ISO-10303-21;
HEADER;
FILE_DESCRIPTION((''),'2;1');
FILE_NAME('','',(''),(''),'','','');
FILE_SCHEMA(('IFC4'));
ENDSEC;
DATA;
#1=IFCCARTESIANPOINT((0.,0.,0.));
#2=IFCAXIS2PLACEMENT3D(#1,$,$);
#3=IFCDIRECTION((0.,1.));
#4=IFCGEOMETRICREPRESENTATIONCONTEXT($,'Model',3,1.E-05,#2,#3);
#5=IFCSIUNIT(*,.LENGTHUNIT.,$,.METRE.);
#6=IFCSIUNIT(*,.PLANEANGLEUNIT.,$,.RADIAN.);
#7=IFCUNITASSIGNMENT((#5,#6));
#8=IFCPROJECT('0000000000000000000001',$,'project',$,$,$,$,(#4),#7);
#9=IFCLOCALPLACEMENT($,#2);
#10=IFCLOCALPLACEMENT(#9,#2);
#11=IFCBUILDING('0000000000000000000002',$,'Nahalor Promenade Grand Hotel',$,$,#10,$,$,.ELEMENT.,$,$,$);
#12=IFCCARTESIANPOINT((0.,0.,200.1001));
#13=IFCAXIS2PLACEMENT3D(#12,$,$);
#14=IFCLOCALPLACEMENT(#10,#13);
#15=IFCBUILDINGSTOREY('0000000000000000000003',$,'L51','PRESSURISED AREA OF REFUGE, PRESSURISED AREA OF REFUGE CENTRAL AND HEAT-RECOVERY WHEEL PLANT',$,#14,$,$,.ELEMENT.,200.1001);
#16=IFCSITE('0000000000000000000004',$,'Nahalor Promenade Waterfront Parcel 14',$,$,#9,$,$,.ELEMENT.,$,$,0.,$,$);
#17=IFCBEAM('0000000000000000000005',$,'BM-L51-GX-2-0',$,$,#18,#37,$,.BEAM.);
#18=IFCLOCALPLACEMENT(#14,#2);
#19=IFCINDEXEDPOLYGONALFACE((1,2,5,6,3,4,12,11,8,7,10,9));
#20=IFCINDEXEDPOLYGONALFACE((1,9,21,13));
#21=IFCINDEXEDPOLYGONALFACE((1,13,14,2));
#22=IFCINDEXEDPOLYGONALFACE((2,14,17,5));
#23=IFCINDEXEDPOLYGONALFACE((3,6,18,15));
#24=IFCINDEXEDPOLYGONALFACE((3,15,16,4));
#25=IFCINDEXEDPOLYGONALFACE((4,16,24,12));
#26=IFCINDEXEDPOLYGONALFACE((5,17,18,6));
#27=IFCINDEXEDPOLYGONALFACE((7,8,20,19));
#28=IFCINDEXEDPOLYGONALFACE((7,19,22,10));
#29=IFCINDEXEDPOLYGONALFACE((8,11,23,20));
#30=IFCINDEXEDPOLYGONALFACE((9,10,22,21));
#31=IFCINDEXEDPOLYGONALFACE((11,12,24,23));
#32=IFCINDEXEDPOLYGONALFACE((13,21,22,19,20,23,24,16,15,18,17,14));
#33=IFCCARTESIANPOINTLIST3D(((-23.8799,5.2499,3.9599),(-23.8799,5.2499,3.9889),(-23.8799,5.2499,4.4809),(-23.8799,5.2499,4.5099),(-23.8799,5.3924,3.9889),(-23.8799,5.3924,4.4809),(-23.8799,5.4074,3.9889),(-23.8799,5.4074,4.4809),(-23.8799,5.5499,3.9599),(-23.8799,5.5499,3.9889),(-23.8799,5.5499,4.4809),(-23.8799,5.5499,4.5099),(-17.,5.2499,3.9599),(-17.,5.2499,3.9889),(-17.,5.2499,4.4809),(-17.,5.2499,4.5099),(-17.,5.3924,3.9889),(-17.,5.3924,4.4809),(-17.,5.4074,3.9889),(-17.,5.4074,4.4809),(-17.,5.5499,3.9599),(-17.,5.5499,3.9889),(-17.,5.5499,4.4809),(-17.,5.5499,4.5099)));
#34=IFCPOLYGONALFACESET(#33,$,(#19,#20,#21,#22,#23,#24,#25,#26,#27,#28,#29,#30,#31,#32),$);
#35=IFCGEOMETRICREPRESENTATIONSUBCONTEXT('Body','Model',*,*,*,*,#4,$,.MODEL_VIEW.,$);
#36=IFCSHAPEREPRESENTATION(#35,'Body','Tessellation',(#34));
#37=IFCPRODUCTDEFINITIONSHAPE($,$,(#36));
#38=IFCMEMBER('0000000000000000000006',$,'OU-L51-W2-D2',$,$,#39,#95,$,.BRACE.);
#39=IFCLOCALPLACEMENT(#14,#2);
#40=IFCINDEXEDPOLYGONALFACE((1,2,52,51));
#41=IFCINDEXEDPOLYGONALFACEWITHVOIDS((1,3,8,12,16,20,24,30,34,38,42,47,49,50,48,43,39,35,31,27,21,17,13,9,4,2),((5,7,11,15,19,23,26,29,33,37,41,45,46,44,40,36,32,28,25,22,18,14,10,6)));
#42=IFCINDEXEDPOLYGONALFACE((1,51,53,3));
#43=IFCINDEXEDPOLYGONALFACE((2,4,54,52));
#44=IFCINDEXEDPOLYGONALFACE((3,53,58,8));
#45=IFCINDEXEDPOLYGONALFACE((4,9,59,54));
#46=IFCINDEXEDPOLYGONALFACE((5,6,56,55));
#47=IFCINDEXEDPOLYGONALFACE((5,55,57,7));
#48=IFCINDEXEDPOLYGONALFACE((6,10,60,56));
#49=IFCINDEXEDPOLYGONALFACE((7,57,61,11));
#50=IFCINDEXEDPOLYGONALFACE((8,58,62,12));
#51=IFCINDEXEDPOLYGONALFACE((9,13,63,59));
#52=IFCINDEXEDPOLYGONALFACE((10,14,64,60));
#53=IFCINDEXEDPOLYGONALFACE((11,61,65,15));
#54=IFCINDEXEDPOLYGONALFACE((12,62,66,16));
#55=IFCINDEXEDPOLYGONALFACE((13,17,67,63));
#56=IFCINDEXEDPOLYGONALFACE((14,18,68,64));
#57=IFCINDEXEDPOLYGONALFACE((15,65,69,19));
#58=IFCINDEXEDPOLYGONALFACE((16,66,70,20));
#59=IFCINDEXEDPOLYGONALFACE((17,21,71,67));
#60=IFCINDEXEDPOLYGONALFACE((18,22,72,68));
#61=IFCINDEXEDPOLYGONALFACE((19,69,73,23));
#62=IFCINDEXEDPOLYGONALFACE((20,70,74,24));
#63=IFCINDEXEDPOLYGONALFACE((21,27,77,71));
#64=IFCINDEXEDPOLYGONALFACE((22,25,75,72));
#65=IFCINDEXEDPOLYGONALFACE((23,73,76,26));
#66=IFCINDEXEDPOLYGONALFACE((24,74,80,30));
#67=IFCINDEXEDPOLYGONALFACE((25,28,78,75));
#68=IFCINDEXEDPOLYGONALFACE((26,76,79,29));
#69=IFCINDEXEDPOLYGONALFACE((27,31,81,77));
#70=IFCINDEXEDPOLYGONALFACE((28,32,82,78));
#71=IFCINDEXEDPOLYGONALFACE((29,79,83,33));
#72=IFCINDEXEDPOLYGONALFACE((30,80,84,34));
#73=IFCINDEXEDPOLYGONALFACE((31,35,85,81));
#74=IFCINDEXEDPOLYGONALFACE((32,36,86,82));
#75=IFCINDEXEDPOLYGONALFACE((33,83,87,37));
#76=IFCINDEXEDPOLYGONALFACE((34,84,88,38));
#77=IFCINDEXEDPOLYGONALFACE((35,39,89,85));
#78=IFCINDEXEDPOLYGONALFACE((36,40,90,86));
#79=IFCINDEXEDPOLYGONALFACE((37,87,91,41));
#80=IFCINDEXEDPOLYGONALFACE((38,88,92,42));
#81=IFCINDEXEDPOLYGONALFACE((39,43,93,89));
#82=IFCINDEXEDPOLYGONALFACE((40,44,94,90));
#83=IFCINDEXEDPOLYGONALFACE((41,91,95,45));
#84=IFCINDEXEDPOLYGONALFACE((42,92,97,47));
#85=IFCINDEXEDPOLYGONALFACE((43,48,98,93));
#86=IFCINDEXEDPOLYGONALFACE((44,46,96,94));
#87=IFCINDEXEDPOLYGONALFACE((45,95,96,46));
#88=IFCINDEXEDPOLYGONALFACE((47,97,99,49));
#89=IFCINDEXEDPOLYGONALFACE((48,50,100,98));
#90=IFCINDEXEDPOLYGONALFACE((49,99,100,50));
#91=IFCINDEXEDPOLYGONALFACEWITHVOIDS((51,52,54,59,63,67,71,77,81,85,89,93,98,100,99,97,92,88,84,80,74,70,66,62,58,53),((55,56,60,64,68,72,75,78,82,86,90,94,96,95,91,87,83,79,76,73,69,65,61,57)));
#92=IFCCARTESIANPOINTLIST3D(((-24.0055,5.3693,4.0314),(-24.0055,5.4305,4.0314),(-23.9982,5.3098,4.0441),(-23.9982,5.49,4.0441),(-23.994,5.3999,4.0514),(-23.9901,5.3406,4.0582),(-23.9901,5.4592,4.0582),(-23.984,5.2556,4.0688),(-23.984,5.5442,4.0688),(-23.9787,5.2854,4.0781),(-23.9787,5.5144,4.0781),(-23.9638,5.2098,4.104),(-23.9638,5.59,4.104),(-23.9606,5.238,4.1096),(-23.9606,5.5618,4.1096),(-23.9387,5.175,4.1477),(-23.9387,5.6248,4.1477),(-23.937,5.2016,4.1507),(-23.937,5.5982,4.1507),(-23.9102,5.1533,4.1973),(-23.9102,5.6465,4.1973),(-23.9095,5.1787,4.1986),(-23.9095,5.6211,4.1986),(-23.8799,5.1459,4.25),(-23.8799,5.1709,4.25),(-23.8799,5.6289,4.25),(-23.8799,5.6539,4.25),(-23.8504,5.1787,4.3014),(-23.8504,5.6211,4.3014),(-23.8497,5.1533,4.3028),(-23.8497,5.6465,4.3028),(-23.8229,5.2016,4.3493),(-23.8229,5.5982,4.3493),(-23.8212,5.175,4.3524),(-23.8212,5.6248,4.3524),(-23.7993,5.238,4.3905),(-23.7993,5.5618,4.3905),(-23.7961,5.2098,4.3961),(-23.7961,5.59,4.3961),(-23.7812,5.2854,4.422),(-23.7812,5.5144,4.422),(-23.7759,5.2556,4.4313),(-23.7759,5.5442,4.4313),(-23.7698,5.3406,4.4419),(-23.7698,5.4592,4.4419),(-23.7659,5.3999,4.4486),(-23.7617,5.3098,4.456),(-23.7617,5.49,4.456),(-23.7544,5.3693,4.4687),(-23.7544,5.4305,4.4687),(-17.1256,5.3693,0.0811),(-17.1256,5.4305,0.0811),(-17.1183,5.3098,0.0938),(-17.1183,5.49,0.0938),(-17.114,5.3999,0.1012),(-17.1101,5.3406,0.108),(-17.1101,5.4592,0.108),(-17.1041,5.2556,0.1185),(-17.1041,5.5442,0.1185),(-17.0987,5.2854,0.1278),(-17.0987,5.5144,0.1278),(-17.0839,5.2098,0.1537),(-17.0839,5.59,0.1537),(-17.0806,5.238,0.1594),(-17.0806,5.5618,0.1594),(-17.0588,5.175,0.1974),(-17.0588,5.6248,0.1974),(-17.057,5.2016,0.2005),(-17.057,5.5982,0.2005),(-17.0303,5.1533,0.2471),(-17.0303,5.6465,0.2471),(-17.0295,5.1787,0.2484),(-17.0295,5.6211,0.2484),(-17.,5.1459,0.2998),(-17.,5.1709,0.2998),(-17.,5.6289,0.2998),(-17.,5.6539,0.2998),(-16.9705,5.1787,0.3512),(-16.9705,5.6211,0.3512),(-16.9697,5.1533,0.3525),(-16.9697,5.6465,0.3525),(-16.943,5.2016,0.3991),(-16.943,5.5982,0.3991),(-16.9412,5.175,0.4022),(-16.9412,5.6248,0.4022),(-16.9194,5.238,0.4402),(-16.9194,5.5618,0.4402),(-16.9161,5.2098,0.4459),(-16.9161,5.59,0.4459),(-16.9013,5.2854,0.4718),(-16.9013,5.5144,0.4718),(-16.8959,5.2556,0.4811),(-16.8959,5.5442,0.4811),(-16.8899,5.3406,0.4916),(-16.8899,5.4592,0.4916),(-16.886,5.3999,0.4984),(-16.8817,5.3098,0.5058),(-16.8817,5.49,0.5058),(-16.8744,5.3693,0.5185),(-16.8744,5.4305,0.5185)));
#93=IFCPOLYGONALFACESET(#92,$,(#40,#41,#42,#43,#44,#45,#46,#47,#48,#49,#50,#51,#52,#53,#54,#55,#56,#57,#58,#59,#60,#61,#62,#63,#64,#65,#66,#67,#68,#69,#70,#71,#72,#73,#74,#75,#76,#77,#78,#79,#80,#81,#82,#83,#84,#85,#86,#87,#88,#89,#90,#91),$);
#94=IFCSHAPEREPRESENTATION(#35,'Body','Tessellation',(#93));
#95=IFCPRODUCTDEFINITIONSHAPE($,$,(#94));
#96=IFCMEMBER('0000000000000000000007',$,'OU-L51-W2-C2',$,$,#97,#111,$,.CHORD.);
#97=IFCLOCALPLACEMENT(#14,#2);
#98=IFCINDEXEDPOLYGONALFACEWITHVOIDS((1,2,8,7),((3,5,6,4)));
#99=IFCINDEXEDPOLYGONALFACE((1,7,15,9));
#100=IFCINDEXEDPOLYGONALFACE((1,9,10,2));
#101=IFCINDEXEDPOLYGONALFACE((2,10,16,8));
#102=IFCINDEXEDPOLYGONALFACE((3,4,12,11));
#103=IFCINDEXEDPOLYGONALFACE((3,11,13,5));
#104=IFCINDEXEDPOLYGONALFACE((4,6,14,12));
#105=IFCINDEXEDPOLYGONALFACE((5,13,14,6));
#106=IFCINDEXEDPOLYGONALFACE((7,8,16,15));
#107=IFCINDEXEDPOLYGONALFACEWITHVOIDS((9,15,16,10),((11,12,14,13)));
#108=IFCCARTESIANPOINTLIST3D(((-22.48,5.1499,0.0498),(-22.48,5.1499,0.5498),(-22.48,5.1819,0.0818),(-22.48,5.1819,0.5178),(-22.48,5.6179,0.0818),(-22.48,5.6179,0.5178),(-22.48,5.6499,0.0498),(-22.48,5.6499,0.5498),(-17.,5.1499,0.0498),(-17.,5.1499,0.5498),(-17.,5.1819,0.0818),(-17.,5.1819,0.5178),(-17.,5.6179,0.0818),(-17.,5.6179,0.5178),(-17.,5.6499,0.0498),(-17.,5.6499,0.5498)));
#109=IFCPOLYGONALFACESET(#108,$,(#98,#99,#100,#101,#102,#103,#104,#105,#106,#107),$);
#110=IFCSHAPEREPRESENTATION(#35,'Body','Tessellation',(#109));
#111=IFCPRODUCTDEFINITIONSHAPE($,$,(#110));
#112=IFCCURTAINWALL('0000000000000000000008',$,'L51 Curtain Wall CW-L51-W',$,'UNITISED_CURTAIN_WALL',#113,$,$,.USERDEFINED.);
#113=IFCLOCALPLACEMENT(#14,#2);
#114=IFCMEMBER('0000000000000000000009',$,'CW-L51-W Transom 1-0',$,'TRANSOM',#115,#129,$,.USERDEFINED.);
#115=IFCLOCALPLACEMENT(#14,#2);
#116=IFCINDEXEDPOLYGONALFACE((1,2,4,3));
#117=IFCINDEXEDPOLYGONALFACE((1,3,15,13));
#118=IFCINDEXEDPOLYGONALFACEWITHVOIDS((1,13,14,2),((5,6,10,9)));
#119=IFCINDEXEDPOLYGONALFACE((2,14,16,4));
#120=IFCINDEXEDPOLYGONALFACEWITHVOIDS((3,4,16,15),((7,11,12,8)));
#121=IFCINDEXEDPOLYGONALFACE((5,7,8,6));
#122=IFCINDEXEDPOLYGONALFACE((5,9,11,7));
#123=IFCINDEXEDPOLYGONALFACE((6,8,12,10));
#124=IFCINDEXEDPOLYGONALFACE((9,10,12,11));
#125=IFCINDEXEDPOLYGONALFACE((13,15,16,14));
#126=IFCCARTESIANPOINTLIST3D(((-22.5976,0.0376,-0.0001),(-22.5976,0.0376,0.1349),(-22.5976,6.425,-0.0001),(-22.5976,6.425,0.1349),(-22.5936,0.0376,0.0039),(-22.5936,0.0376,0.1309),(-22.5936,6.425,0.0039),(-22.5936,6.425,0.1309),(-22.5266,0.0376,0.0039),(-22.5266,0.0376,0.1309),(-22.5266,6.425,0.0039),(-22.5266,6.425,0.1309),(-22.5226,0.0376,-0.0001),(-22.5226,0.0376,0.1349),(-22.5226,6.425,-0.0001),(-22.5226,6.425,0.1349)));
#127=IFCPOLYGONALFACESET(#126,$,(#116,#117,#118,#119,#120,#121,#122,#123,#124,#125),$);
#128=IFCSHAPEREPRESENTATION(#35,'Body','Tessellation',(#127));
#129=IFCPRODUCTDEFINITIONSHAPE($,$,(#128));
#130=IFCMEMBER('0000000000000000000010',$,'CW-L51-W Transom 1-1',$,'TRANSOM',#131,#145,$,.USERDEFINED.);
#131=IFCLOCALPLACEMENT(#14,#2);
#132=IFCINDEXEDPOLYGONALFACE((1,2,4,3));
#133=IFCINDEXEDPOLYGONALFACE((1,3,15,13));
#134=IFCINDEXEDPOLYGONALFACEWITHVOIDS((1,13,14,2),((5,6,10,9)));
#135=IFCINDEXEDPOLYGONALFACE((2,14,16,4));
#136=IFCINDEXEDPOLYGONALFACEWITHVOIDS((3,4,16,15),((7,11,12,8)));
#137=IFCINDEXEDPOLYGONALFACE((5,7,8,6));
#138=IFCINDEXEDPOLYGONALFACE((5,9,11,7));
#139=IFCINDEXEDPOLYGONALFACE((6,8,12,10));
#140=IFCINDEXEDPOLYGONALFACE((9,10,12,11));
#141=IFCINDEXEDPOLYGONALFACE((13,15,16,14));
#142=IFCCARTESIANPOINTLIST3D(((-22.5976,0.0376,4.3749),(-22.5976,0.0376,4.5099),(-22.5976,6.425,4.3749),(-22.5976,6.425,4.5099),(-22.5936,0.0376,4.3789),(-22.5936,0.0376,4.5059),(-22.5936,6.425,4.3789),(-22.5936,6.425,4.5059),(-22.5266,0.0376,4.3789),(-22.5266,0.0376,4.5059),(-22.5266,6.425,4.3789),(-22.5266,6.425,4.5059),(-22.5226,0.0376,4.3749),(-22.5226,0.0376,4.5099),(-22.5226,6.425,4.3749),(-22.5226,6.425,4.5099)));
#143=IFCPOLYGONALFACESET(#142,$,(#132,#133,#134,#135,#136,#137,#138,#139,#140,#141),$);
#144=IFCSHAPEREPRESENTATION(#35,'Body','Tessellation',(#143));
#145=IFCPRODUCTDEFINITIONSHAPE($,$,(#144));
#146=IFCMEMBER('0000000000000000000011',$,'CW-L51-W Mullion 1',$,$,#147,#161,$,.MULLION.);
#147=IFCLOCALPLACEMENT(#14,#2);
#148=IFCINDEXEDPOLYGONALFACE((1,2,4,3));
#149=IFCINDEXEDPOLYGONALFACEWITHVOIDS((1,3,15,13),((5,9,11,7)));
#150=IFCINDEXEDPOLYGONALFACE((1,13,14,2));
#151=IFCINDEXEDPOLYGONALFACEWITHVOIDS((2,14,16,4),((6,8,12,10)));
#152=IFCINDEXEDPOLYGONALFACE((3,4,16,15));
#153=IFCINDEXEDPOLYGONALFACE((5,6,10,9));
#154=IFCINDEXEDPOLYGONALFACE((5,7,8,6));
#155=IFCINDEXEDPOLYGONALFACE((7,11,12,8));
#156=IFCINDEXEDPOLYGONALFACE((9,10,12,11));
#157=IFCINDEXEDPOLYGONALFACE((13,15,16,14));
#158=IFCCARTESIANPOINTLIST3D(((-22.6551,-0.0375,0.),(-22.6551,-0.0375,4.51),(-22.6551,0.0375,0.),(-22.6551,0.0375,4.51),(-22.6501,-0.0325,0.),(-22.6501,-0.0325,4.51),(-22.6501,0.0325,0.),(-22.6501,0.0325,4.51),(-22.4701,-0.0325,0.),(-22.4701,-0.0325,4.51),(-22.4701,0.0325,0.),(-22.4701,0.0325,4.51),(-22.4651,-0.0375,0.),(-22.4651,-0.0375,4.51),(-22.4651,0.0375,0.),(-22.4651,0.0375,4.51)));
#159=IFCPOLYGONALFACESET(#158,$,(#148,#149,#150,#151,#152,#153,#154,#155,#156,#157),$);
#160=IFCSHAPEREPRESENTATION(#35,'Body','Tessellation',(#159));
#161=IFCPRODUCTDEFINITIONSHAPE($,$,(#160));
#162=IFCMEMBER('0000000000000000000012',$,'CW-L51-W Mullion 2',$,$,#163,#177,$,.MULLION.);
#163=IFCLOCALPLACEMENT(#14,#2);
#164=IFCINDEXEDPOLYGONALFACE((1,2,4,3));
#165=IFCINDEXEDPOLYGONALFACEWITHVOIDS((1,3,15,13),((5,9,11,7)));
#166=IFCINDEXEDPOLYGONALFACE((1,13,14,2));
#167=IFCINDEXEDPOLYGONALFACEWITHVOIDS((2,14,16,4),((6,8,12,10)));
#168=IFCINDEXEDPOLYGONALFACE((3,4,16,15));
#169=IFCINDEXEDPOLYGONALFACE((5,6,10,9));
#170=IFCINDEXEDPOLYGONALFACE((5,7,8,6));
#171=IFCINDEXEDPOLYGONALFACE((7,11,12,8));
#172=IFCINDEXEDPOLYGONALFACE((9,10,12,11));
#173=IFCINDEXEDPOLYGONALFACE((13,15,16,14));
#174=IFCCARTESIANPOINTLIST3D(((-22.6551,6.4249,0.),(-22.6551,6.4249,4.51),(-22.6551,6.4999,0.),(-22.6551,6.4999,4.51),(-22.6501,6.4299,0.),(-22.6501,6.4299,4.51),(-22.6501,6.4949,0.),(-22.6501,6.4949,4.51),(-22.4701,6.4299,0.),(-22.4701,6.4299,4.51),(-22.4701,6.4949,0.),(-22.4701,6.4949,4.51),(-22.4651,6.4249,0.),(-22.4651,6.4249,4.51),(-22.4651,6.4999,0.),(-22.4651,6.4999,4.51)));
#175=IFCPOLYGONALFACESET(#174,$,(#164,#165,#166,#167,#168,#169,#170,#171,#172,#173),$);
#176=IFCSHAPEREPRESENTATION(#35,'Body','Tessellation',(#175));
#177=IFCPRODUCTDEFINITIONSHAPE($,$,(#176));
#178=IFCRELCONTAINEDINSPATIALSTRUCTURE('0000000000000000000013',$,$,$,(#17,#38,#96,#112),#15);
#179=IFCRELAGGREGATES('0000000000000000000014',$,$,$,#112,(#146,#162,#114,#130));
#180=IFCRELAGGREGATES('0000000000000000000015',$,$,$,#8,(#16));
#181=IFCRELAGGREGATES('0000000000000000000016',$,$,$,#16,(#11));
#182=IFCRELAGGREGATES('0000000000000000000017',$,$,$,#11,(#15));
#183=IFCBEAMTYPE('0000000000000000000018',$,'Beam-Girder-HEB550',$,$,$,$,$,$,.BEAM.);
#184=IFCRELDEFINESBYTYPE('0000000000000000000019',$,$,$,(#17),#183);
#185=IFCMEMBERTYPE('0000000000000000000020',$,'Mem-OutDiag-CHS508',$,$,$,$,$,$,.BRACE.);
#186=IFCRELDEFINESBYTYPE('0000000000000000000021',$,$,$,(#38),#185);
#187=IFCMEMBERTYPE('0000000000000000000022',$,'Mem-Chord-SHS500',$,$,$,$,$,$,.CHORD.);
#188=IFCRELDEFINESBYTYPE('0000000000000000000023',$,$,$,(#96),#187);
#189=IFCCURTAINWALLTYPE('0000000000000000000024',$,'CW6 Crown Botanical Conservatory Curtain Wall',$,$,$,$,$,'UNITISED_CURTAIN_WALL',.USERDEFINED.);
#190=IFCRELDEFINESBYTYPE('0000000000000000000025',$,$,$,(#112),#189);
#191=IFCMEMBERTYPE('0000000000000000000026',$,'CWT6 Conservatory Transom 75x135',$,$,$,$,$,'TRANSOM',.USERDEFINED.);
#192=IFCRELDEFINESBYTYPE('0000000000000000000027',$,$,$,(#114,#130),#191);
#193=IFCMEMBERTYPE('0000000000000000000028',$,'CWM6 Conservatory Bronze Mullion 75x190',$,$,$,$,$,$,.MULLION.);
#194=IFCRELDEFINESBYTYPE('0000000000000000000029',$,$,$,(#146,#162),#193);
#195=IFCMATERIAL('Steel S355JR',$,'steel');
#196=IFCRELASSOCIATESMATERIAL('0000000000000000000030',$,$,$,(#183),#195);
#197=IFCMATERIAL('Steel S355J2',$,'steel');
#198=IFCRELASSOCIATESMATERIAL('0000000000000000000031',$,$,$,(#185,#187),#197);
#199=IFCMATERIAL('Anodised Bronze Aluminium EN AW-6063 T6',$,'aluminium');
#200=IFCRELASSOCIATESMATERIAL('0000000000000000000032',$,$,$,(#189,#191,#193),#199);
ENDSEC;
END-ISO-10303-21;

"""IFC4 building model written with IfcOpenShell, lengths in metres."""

from ifc_helpers import new_model, si_unit, direction, frame, origin, origin_2d, place, context, subcontext, project, spatial, hollow_rectangle, hollow_circle, i_section, extrude, source, transform, mapped, material, material_profile, profile_set, type_object, element, aggregate, save


model = new_model("IFC4")

# Units and contexts
model_context = context("Model", 3, precision=1e-05, world=origin(), true_north=direction((0.0, 1.0)))
body_context = subcontext(model_context, "Body", "Model", "MODEL_VIEW")
ifc_project = project(units=[si_unit("LENGTHUNIT", "METRE"), si_unit("PLANEANGLEUNIT", "RADIAN")], contexts=[model_context])

# Site, building, storey
site_placement = place(None, origin())
site = spatial("IfcSite", under=ifc_project, at=site_placement, Name="Nahalor Promenade Waterfront Parcel 14", CompositionType="ELEMENT", RefElevation=0.0)
building_placement = place(site_placement, origin())
building = spatial("IfcBuilding", under=site, at=building_placement, Name="Nahalor Promenade Grand Hotel", CompositionType="ELEMENT")
storey_placement = place(building_placement, frame((0.0, 0.0, 200.1001)))
storey = spatial("IfcBuildingStorey", under=building, at=storey_placement, Name="L51", Description="PRESSURISED AREA OF REFUGE, PRESSURISED AREA OF REFUGE CENTRAL AND HEAT-RECOVERY WHEEL PLANT", CompositionType="ELEMENT", Elevation=200.1001)

# Shared definitions
ifc_material_1 = material(Name="Steel S355J2", Category="steel")

# Beam
ifc_material_2 = material(Name="Steel S355JR", Category="steel")
ifc_material_profile_1 = material_profile(ifc_material_2, i_section(OverallWidth=0.3, OverallDepth=0.55, WebThickness=0.015, FlangeThickness=0.029, at=origin_2d()), Name="HEB 550")
ifc_profile_set_1 = profile_set([ifc_material_profile_1], Name="Steel S355JR")
beam_type_1 = type_object("IfcBeamType", Name="Beam-Girder-HEB550", PredefinedType="BEAM", material=ifc_profile_set_1)
shared_shape_1 = source(origin(), body_context, "Body", "SweptSolid", [
    extrude(i_section(OverallWidth=0.3, OverallDepth=0.55, WebThickness=0.015, FlangeThickness=0.029, at=origin_2d()), origin(), (0.0, 0.0, 1.0), 6.8799),
])
beam_1_placement = place(storey_placement, frame((-23.8799, 5.3999, 4.2349), z_axis=(1.0, 0.0, 0.0), x_axis=(0.0, 1.0, 0.0)))
element("IfcBeam", 1, at=beam_1_placement, inside=storey, type_object=beam_type_1, Name="BM-L51-GX-2-0", PredefinedType="BEAM", context=body_context, shape_type="MappedRepresentation", body=[
    mapped(shared_shape_1, transform((0.0, 0.0, 0.0), scale=1.0)),
])

# Members
ifc_material_profile_2 = material_profile(ifc_material_1, hollow_circle(Radius=0.254, WallThickness=0.025, at=origin_2d()), Name="CHS 508x25")
ifc_profile_set_2 = profile_set([ifc_material_profile_2], Name="Steel S355J2")
member_type_1 = type_object("IfcMemberType", Name="Mem-OutDiag-CHS508", PredefinedType="BRACE", material=ifc_profile_set_2)
shared_shape_2 = source(origin(), body_context, "Body", "SweptSolid", [
    extrude(hollow_circle(Radius=0.254, WallThickness=0.025, at=origin_2d()), origin(), (0.0, 0.0, 1.0), 7.9333),
])
member_1_placement = place(storey_placement, frame((-17.0, 5.3999, 0.2998), z_axis=(-0.867219, 0.0, 0.497928), x_axis=(0.0, -1.0, 0.0)))
element("IfcMember", 2, at=member_1_placement, inside=storey, type_object=member_type_1, Name="OU-L51-W2-D2", PredefinedType="BRACE", context=body_context, shape_type="MappedRepresentation", body=[
    mapped(shared_shape_2, transform((0.0, 0.0, 0.0), scale=1.0)),
])
ifc_material_profile_3 = material_profile(ifc_material_1, hollow_rectangle(XDim=0.5, YDim=0.5, WallThickness=0.032, at=origin_2d()), Name="SHS 500x500x32")
ifc_profile_set_3 = profile_set([ifc_material_profile_3], Name="Steel S355J2")
member_type_2 = type_object("IfcMemberType", Name="Mem-Chord-SHS500", PredefinedType="CHORD", material=ifc_profile_set_3)
shared_shape_3 = source(origin(), body_context, "Body", "SweptSolid", [
    extrude(hollow_rectangle(XDim=0.5, YDim=0.5, WallThickness=0.032, at=origin_2d()), origin(), (0.0, 0.0, 1.0), 5.48),
])
member_2_placement = place(storey_placement, frame((-17.0, 5.3999, 0.2998), z_axis=(-1.0, 0.0, 0.0), x_axis=(0.0, -1.0, 0.0)))
element("IfcMember", 3, at=member_2_placement, inside=storey, type_object=member_type_2, Name="OU-L51-W2-C2", PredefinedType="CHORD", context=body_context, shape_type="MappedRepresentation", body=[
    mapped(shared_shape_3, transform((0.0, 0.0, 0.0), scale=1.0)),
])

# Curtain wall, members
ifc_material_3 = material(Name="Anodised Bronze Aluminium EN AW-6063 T6", Category="aluminium")
curtain_wall_type = type_object("IfcCurtainWallType", Name="CW6 Crown Botanical Conservatory Curtain Wall", ElementType="UNITISED_CURTAIN_WALL", PredefinedType="USERDEFINED", material=ifc_material_3)
curtain_wall_placement = place(storey_placement, origin())
curtain_wall = element("IfcCurtainWall", 4, at=curtain_wall_placement, inside=storey, type_object=curtain_wall_type, Name="L51 Curtain Wall CW-L51-W", ObjectType="UNITISED_CURTAIN_WALL", PredefinedType="USERDEFINED")
ifc_material_profile_4 = material_profile(ifc_material_3, hollow_rectangle(XDim=0.075, YDim=0.135, WallThickness=0.004, at=origin_2d()), Name="CWT 75x135x4")
ifc_profile_set_4 = profile_set([ifc_material_profile_4], Name="Anodised Bronze Aluminium EN AW-6063 T6")
member_type_3 = type_object("IfcMemberType", Name="CWT6 Conservatory Transom 75x135", ElementType="TRANSOM", PredefinedType="USERDEFINED", material=ifc_profile_set_4)
shared_shape_4 = source(origin(), body_context, "Body", "SweptSolid", [
    extrude(hollow_rectangle(XDim=0.075, YDim=0.135, WallThickness=0.004, at=origin_2d()), origin(), (0.0, 0.0, 1.0), 6.3875),
])
member_3_placement = place(storey_placement, frame((-22.5601, 0.0376, 0.0674), z_axis=(0.0, 1.0, 0.0), x_axis=(-1.0, 0.0, 0.0)))
member_3 = element("IfcMember", 5, at=member_3_placement, type_object=member_type_3, Name="CW-L51-W Transom 1-0", ObjectType="TRANSOM", PredefinedType="USERDEFINED", context=body_context, shape_type="MappedRepresentation", body=[
    mapped(shared_shape_4, transform((0.0, 0.0, 0.0), scale=1.0)),
])
member_4_placement = place(storey_placement, frame((-22.5601, 0.0376, 4.4424), z_axis=(0.0, 1.0, 0.0), x_axis=(-1.0, 0.0, 0.0)))
member_4 = element("IfcMember", 6, at=member_4_placement, type_object=member_type_3, Name="CW-L51-W Transom 1-1", ObjectType="TRANSOM", PredefinedType="USERDEFINED", context=body_context, shape_type="MappedRepresentation", body=[
    mapped(shared_shape_4, transform((0.0, 0.0, 0.0), scale=1.0)),
])
ifc_material_profile_5 = material_profile(ifc_material_3, hollow_rectangle(XDim=0.075, YDim=0.19, WallThickness=0.005, at=origin_2d()), Name="CWM 75x190x5")
ifc_profile_set_5 = profile_set([ifc_material_profile_5], Name="Anodised Bronze Aluminium EN AW-6063 T6")
member_type_4 = type_object("IfcMemberType", Name="CWM6 Conservatory Bronze Mullion 75x190", PredefinedType="MULLION", material=ifc_profile_set_5)
shared_shape_5 = source(origin(), body_context, "Body", "SweptSolid", [
    extrude(hollow_rectangle(XDim=0.075, YDim=0.19, WallThickness=0.005, at=origin_2d()), origin(), (0.0, 0.0, 1.0), 4.51),
])
member_5_placement = place(storey_placement, frame((-22.5601, 0.0, 0.0), z_axis=(0.0, 0.0, 1.0), x_axis=(0.0, 1.0, 0.0)))
member_5 = element("IfcMember", 7, at=member_5_placement, type_object=member_type_4, Name="CW-L51-W Mullion 1", PredefinedType="MULLION", context=body_context, shape_type="MappedRepresentation", body=[
    mapped(shared_shape_5, transform((0.0, 0.0, 0.0), scale=1.0)),
])
member_6_placement = place(storey_placement, frame((-22.5601, 6.4624, 0.0), z_axis=(0.0, 0.0, 1.0), x_axis=(0.0, 1.0, 0.0)))
member_6 = element("IfcMember", 8, at=member_6_placement, type_object=member_type_4, Name="CW-L51-W Mullion 2", PredefinedType="MULLION", context=body_context, shape_type="MappedRepresentation", body=[
    mapped(shared_shape_5, transform((0.0, 0.0, 0.0), scale=1.0)),
])
aggregate(curtain_wall, [member_5, member_6, member_3, member_4])

save(model, "model.ifc")
